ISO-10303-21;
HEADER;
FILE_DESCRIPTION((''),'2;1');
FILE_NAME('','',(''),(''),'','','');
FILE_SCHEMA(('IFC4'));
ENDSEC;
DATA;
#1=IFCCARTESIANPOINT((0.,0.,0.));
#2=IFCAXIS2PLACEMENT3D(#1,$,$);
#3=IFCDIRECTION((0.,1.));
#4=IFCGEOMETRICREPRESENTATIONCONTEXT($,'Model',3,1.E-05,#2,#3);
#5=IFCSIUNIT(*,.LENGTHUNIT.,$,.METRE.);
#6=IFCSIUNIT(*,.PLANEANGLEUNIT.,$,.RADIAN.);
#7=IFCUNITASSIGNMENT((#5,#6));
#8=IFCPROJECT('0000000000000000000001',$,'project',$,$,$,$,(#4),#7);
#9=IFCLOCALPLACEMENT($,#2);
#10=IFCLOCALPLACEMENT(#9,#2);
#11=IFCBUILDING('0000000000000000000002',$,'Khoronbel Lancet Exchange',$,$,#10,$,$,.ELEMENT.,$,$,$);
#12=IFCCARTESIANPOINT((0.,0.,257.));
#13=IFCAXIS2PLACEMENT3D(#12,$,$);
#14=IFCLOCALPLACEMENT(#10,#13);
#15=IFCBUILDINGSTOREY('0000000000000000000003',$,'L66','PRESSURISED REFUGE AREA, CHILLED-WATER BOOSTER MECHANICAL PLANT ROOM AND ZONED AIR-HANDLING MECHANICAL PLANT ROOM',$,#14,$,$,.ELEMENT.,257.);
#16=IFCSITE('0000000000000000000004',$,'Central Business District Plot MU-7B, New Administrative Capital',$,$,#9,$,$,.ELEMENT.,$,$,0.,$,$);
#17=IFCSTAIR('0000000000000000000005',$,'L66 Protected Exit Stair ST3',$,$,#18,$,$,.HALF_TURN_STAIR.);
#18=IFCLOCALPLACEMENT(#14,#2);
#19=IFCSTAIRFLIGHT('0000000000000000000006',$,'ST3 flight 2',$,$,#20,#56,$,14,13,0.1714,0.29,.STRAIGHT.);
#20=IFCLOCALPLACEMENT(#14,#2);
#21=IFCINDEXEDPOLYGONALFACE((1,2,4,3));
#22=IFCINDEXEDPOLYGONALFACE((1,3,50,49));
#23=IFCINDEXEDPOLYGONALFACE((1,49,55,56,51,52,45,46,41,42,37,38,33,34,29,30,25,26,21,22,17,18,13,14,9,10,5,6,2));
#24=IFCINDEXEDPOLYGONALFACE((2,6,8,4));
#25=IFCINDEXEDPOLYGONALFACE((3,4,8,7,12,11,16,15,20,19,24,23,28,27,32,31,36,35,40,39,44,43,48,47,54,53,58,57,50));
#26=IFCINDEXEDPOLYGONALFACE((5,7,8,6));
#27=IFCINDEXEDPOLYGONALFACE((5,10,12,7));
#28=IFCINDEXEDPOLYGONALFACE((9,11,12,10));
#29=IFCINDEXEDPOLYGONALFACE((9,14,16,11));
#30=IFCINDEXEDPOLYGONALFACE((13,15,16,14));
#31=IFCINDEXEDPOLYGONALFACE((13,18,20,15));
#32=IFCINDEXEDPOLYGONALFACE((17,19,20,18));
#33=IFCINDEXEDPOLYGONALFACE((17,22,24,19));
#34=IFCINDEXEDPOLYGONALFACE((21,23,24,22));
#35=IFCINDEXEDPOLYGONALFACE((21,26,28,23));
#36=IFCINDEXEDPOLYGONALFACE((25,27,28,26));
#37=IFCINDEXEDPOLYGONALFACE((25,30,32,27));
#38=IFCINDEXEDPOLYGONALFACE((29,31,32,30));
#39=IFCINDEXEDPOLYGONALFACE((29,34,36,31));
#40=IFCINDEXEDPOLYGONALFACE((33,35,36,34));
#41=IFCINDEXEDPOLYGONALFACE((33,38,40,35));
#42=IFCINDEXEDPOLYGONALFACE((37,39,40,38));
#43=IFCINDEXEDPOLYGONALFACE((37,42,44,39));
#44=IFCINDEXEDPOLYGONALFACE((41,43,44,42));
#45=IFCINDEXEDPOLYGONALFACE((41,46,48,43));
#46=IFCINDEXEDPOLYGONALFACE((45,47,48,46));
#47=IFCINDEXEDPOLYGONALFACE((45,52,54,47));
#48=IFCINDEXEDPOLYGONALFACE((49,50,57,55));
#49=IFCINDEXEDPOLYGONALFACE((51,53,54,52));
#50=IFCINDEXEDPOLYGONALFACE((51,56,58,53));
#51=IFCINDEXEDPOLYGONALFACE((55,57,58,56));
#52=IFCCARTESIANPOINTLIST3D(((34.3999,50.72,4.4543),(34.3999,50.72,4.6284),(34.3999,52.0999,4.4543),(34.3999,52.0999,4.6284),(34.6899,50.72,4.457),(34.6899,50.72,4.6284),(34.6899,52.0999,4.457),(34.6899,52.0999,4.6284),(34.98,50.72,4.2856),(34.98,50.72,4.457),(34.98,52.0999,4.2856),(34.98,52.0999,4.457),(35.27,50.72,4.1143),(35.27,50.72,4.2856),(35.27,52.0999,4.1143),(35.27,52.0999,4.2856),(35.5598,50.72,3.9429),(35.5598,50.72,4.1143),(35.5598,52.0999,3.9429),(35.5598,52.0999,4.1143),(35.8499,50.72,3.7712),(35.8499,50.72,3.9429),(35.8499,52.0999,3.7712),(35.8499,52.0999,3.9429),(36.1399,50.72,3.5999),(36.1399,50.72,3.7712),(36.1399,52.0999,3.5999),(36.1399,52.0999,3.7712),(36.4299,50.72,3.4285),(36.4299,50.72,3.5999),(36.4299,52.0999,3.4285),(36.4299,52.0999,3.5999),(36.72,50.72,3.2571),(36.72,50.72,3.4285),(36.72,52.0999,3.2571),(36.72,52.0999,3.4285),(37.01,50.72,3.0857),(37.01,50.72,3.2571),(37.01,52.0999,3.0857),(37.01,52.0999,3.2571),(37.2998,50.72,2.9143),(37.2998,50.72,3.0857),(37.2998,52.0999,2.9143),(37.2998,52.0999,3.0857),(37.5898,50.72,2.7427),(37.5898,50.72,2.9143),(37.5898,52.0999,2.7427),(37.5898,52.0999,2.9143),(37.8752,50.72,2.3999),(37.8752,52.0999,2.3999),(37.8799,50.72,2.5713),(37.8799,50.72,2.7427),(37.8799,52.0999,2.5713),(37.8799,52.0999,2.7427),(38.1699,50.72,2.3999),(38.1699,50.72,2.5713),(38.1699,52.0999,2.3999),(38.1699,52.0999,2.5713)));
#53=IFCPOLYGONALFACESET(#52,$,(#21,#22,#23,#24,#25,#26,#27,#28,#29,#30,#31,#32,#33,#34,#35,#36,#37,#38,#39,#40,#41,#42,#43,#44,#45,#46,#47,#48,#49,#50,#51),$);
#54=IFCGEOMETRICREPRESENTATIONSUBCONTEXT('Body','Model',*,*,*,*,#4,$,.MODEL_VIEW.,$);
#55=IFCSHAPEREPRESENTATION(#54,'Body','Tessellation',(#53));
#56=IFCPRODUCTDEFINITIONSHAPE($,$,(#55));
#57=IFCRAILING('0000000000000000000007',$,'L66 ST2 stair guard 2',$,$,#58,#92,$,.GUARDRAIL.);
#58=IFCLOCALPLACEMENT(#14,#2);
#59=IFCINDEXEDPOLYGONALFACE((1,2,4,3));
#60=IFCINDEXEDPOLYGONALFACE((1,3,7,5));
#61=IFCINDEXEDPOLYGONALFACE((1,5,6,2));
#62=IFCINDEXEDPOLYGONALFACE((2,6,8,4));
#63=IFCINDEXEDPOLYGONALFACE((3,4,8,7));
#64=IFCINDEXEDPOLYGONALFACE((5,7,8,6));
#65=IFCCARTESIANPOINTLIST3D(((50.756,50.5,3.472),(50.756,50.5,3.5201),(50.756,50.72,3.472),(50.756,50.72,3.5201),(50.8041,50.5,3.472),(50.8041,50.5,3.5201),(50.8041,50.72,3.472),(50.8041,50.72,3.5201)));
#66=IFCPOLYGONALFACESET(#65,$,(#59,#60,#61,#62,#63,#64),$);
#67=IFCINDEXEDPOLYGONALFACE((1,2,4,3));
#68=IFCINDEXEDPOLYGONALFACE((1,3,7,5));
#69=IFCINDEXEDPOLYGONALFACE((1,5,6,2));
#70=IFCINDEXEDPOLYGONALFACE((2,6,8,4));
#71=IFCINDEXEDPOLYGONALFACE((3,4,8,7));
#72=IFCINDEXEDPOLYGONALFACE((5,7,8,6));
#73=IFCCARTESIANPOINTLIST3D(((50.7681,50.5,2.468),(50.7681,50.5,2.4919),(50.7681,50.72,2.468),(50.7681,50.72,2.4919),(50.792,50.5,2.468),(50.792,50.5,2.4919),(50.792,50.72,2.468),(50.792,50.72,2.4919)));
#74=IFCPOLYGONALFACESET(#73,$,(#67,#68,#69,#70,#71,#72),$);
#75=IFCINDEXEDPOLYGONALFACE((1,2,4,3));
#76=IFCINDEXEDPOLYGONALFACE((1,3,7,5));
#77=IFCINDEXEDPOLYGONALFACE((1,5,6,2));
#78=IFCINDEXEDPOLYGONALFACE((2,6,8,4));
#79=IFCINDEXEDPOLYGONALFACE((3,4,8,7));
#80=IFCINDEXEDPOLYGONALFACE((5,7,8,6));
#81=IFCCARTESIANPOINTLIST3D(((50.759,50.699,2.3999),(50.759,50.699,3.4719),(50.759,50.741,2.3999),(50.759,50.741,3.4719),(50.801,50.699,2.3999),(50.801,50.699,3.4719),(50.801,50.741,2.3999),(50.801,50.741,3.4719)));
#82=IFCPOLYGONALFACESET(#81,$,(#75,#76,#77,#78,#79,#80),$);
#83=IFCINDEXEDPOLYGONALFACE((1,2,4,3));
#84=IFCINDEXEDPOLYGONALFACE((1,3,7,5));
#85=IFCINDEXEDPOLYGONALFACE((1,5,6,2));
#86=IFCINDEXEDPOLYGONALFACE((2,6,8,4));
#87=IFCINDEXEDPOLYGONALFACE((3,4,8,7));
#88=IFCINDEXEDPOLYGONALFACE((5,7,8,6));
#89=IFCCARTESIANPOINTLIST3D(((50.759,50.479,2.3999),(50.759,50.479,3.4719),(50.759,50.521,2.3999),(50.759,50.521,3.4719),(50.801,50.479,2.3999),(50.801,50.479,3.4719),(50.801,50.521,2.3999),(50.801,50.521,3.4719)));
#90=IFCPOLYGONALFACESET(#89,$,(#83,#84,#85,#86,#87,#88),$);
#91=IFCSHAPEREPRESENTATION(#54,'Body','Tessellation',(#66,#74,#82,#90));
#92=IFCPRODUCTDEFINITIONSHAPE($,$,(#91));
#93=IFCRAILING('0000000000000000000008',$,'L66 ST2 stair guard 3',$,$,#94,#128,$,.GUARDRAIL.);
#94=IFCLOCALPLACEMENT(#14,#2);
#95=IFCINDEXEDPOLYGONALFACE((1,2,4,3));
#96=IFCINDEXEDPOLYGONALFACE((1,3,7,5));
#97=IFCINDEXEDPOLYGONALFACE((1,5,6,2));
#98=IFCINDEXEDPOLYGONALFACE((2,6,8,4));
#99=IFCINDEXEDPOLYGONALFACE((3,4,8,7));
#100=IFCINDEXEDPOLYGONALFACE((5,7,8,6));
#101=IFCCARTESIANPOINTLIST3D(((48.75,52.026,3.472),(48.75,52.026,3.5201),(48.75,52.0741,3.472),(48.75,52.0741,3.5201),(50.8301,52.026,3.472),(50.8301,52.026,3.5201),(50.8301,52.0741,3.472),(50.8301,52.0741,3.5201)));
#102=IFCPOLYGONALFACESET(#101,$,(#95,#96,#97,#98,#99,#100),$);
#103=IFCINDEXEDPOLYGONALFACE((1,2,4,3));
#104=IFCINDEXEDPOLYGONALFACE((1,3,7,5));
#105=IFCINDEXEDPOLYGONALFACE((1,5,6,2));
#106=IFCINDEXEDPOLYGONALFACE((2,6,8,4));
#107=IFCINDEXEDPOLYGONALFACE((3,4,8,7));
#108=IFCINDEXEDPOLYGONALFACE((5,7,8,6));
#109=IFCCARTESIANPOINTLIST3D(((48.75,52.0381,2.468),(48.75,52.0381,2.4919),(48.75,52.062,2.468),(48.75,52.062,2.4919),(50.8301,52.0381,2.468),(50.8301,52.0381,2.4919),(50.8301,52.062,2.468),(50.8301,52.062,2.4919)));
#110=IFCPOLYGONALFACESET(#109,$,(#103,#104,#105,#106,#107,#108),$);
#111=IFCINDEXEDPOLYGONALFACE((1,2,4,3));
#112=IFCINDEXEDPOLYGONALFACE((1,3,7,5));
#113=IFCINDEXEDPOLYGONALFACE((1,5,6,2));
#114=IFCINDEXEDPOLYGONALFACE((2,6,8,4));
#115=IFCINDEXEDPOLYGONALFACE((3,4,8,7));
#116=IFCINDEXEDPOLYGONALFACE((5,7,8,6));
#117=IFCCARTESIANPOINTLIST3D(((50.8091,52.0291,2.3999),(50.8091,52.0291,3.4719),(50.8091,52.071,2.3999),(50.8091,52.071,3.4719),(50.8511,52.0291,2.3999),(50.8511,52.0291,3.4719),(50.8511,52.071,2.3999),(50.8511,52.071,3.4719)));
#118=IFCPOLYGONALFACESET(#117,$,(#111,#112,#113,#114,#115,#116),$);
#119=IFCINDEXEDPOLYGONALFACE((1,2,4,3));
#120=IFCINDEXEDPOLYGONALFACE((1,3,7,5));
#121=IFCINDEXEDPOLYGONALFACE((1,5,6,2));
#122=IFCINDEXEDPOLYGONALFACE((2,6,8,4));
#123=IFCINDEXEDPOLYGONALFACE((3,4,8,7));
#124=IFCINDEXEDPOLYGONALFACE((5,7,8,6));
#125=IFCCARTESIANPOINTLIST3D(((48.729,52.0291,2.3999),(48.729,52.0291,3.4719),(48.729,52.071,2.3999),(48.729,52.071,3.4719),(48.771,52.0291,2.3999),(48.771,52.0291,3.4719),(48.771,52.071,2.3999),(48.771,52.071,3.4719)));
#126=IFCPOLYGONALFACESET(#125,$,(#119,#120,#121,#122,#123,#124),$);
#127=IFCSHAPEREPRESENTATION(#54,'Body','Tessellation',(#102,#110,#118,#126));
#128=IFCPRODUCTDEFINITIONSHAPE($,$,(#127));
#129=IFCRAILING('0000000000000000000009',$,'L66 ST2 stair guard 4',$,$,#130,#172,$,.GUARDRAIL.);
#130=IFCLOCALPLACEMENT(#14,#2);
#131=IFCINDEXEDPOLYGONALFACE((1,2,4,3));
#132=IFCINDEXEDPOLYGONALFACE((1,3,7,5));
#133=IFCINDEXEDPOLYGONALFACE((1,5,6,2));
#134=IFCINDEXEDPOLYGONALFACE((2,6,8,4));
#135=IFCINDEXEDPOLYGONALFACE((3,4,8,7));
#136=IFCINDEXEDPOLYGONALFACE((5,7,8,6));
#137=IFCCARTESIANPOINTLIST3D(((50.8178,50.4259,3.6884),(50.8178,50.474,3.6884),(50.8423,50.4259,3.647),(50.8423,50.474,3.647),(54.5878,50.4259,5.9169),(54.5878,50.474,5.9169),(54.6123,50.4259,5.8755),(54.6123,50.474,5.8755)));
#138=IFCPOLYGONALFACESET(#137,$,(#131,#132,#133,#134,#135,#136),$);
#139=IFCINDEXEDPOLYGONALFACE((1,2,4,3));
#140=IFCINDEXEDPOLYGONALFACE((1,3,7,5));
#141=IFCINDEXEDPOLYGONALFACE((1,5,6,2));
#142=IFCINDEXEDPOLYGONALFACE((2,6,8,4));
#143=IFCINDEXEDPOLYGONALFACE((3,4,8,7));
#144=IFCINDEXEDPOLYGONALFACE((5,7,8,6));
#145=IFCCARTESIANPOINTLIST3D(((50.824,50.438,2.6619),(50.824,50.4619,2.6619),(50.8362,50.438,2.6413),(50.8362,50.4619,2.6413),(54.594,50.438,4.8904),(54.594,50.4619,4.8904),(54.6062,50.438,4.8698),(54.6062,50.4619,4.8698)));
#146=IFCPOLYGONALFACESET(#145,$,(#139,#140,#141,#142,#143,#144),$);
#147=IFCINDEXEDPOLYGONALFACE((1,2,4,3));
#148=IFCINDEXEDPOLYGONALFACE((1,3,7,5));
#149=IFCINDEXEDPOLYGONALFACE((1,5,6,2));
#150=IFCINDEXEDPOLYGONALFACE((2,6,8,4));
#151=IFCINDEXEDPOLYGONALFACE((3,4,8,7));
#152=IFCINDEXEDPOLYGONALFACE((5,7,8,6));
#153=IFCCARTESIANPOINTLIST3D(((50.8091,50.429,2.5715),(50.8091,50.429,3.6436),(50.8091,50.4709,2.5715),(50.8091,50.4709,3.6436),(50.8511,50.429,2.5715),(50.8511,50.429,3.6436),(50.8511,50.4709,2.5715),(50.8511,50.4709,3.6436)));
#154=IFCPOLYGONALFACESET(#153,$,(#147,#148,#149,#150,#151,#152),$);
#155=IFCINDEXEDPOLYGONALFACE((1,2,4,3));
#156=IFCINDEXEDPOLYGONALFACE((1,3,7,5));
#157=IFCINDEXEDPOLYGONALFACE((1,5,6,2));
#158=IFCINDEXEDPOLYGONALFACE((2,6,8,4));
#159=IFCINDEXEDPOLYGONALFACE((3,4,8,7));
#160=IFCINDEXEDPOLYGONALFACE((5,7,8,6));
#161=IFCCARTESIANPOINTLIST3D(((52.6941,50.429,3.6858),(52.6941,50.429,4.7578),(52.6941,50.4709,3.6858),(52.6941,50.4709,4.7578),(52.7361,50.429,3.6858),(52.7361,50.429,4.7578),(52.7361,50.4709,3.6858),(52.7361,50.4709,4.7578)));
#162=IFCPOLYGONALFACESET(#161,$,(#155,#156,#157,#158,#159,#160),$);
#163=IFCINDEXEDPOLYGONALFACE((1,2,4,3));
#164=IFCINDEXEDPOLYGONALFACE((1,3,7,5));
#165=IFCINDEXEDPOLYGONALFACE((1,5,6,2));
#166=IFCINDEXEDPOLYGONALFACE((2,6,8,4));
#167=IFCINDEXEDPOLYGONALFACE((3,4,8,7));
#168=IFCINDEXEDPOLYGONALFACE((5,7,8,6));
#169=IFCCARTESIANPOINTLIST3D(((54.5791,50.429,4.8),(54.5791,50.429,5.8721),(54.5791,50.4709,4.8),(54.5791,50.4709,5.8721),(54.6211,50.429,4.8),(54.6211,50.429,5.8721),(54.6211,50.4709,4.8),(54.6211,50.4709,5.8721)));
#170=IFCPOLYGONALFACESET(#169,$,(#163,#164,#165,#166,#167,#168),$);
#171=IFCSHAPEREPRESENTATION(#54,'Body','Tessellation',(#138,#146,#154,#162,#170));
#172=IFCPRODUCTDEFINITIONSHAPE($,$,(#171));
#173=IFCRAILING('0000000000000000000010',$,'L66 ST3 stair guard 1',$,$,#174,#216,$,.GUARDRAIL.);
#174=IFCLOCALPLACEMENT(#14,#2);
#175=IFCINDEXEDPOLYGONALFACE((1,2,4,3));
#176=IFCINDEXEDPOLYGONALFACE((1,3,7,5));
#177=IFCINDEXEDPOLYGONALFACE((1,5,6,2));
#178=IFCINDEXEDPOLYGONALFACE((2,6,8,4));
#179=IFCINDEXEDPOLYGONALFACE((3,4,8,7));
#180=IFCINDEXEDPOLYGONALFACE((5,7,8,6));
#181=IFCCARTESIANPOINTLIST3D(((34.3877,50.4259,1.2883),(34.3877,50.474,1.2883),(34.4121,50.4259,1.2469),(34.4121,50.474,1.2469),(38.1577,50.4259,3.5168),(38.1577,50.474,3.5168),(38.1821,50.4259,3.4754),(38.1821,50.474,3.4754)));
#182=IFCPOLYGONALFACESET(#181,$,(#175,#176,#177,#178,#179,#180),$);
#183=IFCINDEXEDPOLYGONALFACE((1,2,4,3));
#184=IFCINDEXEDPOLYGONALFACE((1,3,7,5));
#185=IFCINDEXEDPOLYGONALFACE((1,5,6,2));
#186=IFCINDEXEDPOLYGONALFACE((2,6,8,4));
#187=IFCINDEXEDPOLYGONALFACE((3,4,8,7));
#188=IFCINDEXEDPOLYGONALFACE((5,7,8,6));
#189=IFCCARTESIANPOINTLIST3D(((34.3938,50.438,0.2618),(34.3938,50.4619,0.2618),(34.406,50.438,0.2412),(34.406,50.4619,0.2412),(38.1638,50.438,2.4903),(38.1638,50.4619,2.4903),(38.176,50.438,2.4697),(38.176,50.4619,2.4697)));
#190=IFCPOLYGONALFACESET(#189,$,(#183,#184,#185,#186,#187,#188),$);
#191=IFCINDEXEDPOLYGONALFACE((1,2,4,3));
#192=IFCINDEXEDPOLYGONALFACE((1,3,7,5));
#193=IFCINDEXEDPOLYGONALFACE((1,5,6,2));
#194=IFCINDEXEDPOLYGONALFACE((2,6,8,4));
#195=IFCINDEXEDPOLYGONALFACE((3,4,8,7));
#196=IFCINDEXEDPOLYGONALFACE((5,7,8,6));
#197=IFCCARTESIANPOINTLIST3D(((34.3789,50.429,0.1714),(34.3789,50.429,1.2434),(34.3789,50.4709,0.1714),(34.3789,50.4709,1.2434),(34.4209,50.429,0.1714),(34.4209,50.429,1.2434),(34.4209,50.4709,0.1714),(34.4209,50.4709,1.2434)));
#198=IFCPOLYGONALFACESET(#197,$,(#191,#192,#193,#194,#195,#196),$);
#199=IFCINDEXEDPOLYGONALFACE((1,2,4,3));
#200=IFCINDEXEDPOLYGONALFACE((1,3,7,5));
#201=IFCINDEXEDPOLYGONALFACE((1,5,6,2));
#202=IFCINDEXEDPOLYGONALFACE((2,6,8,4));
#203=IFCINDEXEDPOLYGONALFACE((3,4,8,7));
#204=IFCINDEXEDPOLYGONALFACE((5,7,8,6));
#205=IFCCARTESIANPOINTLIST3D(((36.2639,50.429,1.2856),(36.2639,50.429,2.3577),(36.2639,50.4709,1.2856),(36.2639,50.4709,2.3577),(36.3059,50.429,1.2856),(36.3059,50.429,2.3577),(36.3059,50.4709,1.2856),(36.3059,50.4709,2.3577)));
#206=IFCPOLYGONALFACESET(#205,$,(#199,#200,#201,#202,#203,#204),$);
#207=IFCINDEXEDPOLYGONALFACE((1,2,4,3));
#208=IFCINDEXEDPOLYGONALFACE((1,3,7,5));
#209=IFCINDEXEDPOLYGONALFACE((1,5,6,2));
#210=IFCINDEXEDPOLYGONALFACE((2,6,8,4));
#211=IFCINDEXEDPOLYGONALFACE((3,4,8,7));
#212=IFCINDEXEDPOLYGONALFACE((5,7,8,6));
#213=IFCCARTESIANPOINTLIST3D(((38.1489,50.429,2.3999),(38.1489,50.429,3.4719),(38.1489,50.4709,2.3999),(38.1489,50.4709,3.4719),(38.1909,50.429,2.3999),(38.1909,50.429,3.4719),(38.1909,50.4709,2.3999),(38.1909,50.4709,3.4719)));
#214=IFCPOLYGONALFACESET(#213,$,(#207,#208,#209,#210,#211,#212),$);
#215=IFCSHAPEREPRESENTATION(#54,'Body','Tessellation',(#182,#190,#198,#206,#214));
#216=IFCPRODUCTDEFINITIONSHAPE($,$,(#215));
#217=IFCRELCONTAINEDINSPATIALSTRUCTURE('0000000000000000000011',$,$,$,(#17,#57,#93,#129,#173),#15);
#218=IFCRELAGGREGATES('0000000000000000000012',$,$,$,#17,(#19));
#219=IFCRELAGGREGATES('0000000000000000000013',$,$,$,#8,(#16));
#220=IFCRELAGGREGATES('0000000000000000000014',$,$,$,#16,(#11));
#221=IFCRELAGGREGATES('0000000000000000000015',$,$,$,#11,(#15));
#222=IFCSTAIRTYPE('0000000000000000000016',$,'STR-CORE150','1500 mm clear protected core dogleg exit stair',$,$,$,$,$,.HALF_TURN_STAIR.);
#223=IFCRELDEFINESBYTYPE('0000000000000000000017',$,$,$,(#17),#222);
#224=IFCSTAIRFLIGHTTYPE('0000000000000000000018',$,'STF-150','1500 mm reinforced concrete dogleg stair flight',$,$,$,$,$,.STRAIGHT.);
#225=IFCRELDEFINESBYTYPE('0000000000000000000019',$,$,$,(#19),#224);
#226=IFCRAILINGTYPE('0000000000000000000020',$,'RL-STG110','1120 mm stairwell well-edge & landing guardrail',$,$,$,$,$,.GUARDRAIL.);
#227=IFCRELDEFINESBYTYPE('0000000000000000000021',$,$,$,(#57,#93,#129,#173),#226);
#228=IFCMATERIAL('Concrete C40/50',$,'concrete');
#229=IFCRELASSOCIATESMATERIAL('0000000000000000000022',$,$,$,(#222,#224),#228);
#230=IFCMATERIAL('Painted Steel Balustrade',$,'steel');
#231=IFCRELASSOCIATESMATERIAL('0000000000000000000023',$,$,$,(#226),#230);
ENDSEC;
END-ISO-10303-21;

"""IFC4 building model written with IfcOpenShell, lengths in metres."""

from ifc_helpers import new_model, si_unit, direction, frame, origin, origin_2d, place, context, subcontext, project, spatial, polyline, rectangle, outline, extrude, material, type_object, element, aggregate, save


model = new_model("IFC4")

# Units and contexts
model_context = context("Model", 3, precision=1e-05, world=origin(), true_north=direction((0.0, 1.0)))
body_context = subcontext(model_context, "Body", "Model", "MODEL_VIEW")
ifc_project = project(units=[si_unit("LENGTHUNIT", "METRE"), si_unit("PLANEANGLEUNIT", "RADIAN")], contexts=[model_context])

# Site, building, storey
site_placement = place(None, origin())
site = spatial("IfcSite", under=ifc_project, at=site_placement, Name="Central Business District Plot MU-7B, New Administrative Capital", CompositionType="ELEMENT", RefElevation=0.0)
building_placement = place(site_placement, origin())
building = spatial("IfcBuilding", under=site, at=building_placement, Name="Khoronbel Lancet Exchange", CompositionType="ELEMENT")
storey_placement = place(building_placement, frame((0.0, 0.0, 257.0)))
storey = spatial("IfcBuildingStorey", under=building, at=storey_placement, Name="L66", Description="PRESSURISED REFUGE AREA, CHILLED-WATER BOOSTER MECHANICAL PLANT ROOM AND ZONED AIR-HANDLING MECHANICAL PLANT ROOM", CompositionType="ELEMENT", Elevation=257.0)

# Stair, stair flight
ifc_material_1 = material(Name="Concrete C40/50", Category="concrete")
stair_type = type_object("IfcStairType", Name="STR-CORE150", Description="1500 mm clear protected core dogleg exit stair", PredefinedType="HALF_TURN_STAIR", material=ifc_material_1)
stair_flight_type = type_object("IfcStairFlightType", Name="STF-150", Description="1500 mm reinforced concrete dogleg stair flight", PredefinedType="STRAIGHT", material=ifc_material_1)
stair_1_placement = place(storey_placement, origin())
stair_1 = element("IfcStair", 1, at=stair_1_placement, inside=storey, type_object=stair_type, Name="L66 Protected Exit Stair ST3", PredefinedType="HALF_TURN_STAIR")
stair_flight_1_placement = place(storey_placement, frame((38.1699, 51.4099, 2.3999), z_axis=(0.0, 0.0, 1.0), x_axis=(-1.0, 0.0, 0.0)))
stair_flight_1 = element("IfcStairFlight", 2, at=stair_flight_1_placement, type_object=stair_flight_type, Name="ST3 flight 2", NumberOfRisers=14, NumberOfTreads=13, PredefinedType="STRAIGHT", RiserHeight=0.1714, TreadLength=0.29, context=body_context, shape_type="SweptSolid", body=[
    extrude(outline(polyline([(0.0, 0.0), (0.0, 0.1714), (0.29, 0.1714), (0.29, 0.3428), (0.5801, 0.3428), (0.5801, 0.5144), (0.8701, 0.5144), (0.8701, 0.6858), (1.1599, 0.6858), (1.1599, 0.8572), (1.45, 0.8572), (1.45, 1.0286), (1.74, 1.0286), (1.74, 1.2), (2.03, 1.2), (2.03, 1.3713), (2.3201, 1.3713), (2.3201, 1.543), (2.6101, 1.543), (2.6101, 1.7144), (2.8999, 1.7144), (2.8999, 1.8857), (3.1899, 1.8857), (3.1899, 2.0571), (3.48, 2.0571), (3.48, 2.2285), (3.77, 2.2285), (3.77, 2.3999), (3.77, 2.0544), (0.2947, 0.0), (0.0, 0.0)])), frame((0.0, 0.6899, 0.0), z_axis=(0.0, -1.0, 0.0), x_axis=(1.0, 0.0, 0.0)), (0.0, 0.0, 1.0), 1.3799),
])
aggregate(stair_1, [stair_flight_1])

# Railings
ifc_material_2 = material(Name="Painted Steel Balustrade", Category="steel")
railing_type_1 = type_object("IfcRailingType", Name="RL-STG110", Description="1120 mm stairwell well-edge & landing guardrail", PredefinedType="GUARDRAIL", material=ifc_material_2)
railing_1_placement = place(storey_placement, frame((50.78, 50.72, 2.3999)))
element("IfcRailing", 3, at=railing_1_placement, inside=storey, type_object=railing_type_1, Name="L66 ST2 stair guard 2", PredefinedType="GUARDRAIL", context=body_context, shape_type="SweptSolid", body=[
    extrude(rectangle(XDim=0.0481, YDim=0.0481, at=origin_2d()), frame((0.0, 0.0, 1.0962), z_axis=(0.0, -1.0, 0.0), x_axis=(1.0, 0.0, 0.0)), (0.0, 0.0, 1.0), 0.22),
    extrude(rectangle(XDim=0.0239, YDim=0.0239, at=origin_2d()), frame((0.0, 0.0, 0.0801), z_axis=(0.0, -1.0, 0.0), x_axis=(1.0, 0.0, 0.0)), (0.0, 0.0, 1.0), 0.22),
    extrude(rectangle(XDim=0.042, YDim=0.042, at=origin_2d()), origin(), (0.0, 0.0, 1.0), 1.072),
    extrude(rectangle(XDim=0.042, YDim=0.042, at=origin_2d()), frame((0.0, -0.22, 0.0)), (0.0, 0.0, 1.0), 1.072),
])
railing_2_placement = place(storey_placement, frame((50.8301, 52.05, 2.3999)))
element("IfcRailing", 4, at=railing_2_placement, inside=storey, type_object=railing_type_1, Name="L66 ST2 stair guard 3", PredefinedType="GUARDRAIL", context=body_context, shape_type="SweptSolid", body=[
    extrude(rectangle(XDim=0.0481, YDim=0.0481, at=origin_2d()), frame((0.0, 0.0, 1.0962), z_axis=(-1.0, 0.0, 0.0), x_axis=(0.0, -1.0, 0.0)), (0.0, 0.0, 1.0), 2.0801),
    extrude(rectangle(XDim=0.0239, YDim=0.0239, at=origin_2d()), frame((0.0, 0.0, 0.0801), z_axis=(-1.0, 0.0, 0.0), x_axis=(0.0, -1.0, 0.0)), (0.0, 0.0, 1.0), 2.0801),
    extrude(rectangle(XDim=0.042, YDim=0.042, at=origin_2d()), origin(), (0.0, 0.0, 1.0), 1.072),
    extrude(rectangle(XDim=0.042, YDim=0.042, at=origin_2d()), frame((-2.0801, 0.0, 0.0)), (0.0, 0.0, 1.0), 1.072),
])
for number, where, name in (
    (5, (50.8301, 50.45, 2.5715), "L66 ST2 stair guard 4"),
    (6, (34.3999, 50.45, 0.1714), "L66 ST3 stair guard 1"),
):
    element("IfcRailing", number, at=place(storey_placement, frame(where)), inside=storey, type_object=railing_type_1, Name=name, PredefinedType="GUARDRAIL", context=body_context, shape_type="SweptSolid", body=[
        extrude(rectangle(XDim=0.0481, YDim=0.0481, at=origin_2d()), frame((0.0, 0.0, 1.0962), z_axis=(0.860849, 0.0, 0.508861), x_axis=(0.0, 1.0, 0.0)), (0.0, 0.0, 1.0), 4.3794),
        extrude(rectangle(XDim=0.0239, YDim=0.0239, at=origin_2d()), frame((0.0, 0.0, 0.0801), z_axis=(0.860849, 0.0, 0.508861), x_axis=(0.0, 1.0, 0.0)), (0.0, 0.0, 1.0), 4.3794),
        extrude(rectangle(XDim=0.042, YDim=0.042, at=origin_2d()), origin(), (0.0, 0.0, 1.0), 1.072),
        extrude(rectangle(XDim=0.042, YDim=0.042, at=origin_2d()), frame((1.885, 0.0, 1.1143)), (0.0, 0.0, 1.0), 1.072),
        extrude(rectangle(XDim=0.042, YDim=0.042, at=origin_2d()), frame((3.77, 0.0, 2.2285)), (0.0, 0.0, 1.0), 1.072),
    ])

save(model, "model.ifc")
